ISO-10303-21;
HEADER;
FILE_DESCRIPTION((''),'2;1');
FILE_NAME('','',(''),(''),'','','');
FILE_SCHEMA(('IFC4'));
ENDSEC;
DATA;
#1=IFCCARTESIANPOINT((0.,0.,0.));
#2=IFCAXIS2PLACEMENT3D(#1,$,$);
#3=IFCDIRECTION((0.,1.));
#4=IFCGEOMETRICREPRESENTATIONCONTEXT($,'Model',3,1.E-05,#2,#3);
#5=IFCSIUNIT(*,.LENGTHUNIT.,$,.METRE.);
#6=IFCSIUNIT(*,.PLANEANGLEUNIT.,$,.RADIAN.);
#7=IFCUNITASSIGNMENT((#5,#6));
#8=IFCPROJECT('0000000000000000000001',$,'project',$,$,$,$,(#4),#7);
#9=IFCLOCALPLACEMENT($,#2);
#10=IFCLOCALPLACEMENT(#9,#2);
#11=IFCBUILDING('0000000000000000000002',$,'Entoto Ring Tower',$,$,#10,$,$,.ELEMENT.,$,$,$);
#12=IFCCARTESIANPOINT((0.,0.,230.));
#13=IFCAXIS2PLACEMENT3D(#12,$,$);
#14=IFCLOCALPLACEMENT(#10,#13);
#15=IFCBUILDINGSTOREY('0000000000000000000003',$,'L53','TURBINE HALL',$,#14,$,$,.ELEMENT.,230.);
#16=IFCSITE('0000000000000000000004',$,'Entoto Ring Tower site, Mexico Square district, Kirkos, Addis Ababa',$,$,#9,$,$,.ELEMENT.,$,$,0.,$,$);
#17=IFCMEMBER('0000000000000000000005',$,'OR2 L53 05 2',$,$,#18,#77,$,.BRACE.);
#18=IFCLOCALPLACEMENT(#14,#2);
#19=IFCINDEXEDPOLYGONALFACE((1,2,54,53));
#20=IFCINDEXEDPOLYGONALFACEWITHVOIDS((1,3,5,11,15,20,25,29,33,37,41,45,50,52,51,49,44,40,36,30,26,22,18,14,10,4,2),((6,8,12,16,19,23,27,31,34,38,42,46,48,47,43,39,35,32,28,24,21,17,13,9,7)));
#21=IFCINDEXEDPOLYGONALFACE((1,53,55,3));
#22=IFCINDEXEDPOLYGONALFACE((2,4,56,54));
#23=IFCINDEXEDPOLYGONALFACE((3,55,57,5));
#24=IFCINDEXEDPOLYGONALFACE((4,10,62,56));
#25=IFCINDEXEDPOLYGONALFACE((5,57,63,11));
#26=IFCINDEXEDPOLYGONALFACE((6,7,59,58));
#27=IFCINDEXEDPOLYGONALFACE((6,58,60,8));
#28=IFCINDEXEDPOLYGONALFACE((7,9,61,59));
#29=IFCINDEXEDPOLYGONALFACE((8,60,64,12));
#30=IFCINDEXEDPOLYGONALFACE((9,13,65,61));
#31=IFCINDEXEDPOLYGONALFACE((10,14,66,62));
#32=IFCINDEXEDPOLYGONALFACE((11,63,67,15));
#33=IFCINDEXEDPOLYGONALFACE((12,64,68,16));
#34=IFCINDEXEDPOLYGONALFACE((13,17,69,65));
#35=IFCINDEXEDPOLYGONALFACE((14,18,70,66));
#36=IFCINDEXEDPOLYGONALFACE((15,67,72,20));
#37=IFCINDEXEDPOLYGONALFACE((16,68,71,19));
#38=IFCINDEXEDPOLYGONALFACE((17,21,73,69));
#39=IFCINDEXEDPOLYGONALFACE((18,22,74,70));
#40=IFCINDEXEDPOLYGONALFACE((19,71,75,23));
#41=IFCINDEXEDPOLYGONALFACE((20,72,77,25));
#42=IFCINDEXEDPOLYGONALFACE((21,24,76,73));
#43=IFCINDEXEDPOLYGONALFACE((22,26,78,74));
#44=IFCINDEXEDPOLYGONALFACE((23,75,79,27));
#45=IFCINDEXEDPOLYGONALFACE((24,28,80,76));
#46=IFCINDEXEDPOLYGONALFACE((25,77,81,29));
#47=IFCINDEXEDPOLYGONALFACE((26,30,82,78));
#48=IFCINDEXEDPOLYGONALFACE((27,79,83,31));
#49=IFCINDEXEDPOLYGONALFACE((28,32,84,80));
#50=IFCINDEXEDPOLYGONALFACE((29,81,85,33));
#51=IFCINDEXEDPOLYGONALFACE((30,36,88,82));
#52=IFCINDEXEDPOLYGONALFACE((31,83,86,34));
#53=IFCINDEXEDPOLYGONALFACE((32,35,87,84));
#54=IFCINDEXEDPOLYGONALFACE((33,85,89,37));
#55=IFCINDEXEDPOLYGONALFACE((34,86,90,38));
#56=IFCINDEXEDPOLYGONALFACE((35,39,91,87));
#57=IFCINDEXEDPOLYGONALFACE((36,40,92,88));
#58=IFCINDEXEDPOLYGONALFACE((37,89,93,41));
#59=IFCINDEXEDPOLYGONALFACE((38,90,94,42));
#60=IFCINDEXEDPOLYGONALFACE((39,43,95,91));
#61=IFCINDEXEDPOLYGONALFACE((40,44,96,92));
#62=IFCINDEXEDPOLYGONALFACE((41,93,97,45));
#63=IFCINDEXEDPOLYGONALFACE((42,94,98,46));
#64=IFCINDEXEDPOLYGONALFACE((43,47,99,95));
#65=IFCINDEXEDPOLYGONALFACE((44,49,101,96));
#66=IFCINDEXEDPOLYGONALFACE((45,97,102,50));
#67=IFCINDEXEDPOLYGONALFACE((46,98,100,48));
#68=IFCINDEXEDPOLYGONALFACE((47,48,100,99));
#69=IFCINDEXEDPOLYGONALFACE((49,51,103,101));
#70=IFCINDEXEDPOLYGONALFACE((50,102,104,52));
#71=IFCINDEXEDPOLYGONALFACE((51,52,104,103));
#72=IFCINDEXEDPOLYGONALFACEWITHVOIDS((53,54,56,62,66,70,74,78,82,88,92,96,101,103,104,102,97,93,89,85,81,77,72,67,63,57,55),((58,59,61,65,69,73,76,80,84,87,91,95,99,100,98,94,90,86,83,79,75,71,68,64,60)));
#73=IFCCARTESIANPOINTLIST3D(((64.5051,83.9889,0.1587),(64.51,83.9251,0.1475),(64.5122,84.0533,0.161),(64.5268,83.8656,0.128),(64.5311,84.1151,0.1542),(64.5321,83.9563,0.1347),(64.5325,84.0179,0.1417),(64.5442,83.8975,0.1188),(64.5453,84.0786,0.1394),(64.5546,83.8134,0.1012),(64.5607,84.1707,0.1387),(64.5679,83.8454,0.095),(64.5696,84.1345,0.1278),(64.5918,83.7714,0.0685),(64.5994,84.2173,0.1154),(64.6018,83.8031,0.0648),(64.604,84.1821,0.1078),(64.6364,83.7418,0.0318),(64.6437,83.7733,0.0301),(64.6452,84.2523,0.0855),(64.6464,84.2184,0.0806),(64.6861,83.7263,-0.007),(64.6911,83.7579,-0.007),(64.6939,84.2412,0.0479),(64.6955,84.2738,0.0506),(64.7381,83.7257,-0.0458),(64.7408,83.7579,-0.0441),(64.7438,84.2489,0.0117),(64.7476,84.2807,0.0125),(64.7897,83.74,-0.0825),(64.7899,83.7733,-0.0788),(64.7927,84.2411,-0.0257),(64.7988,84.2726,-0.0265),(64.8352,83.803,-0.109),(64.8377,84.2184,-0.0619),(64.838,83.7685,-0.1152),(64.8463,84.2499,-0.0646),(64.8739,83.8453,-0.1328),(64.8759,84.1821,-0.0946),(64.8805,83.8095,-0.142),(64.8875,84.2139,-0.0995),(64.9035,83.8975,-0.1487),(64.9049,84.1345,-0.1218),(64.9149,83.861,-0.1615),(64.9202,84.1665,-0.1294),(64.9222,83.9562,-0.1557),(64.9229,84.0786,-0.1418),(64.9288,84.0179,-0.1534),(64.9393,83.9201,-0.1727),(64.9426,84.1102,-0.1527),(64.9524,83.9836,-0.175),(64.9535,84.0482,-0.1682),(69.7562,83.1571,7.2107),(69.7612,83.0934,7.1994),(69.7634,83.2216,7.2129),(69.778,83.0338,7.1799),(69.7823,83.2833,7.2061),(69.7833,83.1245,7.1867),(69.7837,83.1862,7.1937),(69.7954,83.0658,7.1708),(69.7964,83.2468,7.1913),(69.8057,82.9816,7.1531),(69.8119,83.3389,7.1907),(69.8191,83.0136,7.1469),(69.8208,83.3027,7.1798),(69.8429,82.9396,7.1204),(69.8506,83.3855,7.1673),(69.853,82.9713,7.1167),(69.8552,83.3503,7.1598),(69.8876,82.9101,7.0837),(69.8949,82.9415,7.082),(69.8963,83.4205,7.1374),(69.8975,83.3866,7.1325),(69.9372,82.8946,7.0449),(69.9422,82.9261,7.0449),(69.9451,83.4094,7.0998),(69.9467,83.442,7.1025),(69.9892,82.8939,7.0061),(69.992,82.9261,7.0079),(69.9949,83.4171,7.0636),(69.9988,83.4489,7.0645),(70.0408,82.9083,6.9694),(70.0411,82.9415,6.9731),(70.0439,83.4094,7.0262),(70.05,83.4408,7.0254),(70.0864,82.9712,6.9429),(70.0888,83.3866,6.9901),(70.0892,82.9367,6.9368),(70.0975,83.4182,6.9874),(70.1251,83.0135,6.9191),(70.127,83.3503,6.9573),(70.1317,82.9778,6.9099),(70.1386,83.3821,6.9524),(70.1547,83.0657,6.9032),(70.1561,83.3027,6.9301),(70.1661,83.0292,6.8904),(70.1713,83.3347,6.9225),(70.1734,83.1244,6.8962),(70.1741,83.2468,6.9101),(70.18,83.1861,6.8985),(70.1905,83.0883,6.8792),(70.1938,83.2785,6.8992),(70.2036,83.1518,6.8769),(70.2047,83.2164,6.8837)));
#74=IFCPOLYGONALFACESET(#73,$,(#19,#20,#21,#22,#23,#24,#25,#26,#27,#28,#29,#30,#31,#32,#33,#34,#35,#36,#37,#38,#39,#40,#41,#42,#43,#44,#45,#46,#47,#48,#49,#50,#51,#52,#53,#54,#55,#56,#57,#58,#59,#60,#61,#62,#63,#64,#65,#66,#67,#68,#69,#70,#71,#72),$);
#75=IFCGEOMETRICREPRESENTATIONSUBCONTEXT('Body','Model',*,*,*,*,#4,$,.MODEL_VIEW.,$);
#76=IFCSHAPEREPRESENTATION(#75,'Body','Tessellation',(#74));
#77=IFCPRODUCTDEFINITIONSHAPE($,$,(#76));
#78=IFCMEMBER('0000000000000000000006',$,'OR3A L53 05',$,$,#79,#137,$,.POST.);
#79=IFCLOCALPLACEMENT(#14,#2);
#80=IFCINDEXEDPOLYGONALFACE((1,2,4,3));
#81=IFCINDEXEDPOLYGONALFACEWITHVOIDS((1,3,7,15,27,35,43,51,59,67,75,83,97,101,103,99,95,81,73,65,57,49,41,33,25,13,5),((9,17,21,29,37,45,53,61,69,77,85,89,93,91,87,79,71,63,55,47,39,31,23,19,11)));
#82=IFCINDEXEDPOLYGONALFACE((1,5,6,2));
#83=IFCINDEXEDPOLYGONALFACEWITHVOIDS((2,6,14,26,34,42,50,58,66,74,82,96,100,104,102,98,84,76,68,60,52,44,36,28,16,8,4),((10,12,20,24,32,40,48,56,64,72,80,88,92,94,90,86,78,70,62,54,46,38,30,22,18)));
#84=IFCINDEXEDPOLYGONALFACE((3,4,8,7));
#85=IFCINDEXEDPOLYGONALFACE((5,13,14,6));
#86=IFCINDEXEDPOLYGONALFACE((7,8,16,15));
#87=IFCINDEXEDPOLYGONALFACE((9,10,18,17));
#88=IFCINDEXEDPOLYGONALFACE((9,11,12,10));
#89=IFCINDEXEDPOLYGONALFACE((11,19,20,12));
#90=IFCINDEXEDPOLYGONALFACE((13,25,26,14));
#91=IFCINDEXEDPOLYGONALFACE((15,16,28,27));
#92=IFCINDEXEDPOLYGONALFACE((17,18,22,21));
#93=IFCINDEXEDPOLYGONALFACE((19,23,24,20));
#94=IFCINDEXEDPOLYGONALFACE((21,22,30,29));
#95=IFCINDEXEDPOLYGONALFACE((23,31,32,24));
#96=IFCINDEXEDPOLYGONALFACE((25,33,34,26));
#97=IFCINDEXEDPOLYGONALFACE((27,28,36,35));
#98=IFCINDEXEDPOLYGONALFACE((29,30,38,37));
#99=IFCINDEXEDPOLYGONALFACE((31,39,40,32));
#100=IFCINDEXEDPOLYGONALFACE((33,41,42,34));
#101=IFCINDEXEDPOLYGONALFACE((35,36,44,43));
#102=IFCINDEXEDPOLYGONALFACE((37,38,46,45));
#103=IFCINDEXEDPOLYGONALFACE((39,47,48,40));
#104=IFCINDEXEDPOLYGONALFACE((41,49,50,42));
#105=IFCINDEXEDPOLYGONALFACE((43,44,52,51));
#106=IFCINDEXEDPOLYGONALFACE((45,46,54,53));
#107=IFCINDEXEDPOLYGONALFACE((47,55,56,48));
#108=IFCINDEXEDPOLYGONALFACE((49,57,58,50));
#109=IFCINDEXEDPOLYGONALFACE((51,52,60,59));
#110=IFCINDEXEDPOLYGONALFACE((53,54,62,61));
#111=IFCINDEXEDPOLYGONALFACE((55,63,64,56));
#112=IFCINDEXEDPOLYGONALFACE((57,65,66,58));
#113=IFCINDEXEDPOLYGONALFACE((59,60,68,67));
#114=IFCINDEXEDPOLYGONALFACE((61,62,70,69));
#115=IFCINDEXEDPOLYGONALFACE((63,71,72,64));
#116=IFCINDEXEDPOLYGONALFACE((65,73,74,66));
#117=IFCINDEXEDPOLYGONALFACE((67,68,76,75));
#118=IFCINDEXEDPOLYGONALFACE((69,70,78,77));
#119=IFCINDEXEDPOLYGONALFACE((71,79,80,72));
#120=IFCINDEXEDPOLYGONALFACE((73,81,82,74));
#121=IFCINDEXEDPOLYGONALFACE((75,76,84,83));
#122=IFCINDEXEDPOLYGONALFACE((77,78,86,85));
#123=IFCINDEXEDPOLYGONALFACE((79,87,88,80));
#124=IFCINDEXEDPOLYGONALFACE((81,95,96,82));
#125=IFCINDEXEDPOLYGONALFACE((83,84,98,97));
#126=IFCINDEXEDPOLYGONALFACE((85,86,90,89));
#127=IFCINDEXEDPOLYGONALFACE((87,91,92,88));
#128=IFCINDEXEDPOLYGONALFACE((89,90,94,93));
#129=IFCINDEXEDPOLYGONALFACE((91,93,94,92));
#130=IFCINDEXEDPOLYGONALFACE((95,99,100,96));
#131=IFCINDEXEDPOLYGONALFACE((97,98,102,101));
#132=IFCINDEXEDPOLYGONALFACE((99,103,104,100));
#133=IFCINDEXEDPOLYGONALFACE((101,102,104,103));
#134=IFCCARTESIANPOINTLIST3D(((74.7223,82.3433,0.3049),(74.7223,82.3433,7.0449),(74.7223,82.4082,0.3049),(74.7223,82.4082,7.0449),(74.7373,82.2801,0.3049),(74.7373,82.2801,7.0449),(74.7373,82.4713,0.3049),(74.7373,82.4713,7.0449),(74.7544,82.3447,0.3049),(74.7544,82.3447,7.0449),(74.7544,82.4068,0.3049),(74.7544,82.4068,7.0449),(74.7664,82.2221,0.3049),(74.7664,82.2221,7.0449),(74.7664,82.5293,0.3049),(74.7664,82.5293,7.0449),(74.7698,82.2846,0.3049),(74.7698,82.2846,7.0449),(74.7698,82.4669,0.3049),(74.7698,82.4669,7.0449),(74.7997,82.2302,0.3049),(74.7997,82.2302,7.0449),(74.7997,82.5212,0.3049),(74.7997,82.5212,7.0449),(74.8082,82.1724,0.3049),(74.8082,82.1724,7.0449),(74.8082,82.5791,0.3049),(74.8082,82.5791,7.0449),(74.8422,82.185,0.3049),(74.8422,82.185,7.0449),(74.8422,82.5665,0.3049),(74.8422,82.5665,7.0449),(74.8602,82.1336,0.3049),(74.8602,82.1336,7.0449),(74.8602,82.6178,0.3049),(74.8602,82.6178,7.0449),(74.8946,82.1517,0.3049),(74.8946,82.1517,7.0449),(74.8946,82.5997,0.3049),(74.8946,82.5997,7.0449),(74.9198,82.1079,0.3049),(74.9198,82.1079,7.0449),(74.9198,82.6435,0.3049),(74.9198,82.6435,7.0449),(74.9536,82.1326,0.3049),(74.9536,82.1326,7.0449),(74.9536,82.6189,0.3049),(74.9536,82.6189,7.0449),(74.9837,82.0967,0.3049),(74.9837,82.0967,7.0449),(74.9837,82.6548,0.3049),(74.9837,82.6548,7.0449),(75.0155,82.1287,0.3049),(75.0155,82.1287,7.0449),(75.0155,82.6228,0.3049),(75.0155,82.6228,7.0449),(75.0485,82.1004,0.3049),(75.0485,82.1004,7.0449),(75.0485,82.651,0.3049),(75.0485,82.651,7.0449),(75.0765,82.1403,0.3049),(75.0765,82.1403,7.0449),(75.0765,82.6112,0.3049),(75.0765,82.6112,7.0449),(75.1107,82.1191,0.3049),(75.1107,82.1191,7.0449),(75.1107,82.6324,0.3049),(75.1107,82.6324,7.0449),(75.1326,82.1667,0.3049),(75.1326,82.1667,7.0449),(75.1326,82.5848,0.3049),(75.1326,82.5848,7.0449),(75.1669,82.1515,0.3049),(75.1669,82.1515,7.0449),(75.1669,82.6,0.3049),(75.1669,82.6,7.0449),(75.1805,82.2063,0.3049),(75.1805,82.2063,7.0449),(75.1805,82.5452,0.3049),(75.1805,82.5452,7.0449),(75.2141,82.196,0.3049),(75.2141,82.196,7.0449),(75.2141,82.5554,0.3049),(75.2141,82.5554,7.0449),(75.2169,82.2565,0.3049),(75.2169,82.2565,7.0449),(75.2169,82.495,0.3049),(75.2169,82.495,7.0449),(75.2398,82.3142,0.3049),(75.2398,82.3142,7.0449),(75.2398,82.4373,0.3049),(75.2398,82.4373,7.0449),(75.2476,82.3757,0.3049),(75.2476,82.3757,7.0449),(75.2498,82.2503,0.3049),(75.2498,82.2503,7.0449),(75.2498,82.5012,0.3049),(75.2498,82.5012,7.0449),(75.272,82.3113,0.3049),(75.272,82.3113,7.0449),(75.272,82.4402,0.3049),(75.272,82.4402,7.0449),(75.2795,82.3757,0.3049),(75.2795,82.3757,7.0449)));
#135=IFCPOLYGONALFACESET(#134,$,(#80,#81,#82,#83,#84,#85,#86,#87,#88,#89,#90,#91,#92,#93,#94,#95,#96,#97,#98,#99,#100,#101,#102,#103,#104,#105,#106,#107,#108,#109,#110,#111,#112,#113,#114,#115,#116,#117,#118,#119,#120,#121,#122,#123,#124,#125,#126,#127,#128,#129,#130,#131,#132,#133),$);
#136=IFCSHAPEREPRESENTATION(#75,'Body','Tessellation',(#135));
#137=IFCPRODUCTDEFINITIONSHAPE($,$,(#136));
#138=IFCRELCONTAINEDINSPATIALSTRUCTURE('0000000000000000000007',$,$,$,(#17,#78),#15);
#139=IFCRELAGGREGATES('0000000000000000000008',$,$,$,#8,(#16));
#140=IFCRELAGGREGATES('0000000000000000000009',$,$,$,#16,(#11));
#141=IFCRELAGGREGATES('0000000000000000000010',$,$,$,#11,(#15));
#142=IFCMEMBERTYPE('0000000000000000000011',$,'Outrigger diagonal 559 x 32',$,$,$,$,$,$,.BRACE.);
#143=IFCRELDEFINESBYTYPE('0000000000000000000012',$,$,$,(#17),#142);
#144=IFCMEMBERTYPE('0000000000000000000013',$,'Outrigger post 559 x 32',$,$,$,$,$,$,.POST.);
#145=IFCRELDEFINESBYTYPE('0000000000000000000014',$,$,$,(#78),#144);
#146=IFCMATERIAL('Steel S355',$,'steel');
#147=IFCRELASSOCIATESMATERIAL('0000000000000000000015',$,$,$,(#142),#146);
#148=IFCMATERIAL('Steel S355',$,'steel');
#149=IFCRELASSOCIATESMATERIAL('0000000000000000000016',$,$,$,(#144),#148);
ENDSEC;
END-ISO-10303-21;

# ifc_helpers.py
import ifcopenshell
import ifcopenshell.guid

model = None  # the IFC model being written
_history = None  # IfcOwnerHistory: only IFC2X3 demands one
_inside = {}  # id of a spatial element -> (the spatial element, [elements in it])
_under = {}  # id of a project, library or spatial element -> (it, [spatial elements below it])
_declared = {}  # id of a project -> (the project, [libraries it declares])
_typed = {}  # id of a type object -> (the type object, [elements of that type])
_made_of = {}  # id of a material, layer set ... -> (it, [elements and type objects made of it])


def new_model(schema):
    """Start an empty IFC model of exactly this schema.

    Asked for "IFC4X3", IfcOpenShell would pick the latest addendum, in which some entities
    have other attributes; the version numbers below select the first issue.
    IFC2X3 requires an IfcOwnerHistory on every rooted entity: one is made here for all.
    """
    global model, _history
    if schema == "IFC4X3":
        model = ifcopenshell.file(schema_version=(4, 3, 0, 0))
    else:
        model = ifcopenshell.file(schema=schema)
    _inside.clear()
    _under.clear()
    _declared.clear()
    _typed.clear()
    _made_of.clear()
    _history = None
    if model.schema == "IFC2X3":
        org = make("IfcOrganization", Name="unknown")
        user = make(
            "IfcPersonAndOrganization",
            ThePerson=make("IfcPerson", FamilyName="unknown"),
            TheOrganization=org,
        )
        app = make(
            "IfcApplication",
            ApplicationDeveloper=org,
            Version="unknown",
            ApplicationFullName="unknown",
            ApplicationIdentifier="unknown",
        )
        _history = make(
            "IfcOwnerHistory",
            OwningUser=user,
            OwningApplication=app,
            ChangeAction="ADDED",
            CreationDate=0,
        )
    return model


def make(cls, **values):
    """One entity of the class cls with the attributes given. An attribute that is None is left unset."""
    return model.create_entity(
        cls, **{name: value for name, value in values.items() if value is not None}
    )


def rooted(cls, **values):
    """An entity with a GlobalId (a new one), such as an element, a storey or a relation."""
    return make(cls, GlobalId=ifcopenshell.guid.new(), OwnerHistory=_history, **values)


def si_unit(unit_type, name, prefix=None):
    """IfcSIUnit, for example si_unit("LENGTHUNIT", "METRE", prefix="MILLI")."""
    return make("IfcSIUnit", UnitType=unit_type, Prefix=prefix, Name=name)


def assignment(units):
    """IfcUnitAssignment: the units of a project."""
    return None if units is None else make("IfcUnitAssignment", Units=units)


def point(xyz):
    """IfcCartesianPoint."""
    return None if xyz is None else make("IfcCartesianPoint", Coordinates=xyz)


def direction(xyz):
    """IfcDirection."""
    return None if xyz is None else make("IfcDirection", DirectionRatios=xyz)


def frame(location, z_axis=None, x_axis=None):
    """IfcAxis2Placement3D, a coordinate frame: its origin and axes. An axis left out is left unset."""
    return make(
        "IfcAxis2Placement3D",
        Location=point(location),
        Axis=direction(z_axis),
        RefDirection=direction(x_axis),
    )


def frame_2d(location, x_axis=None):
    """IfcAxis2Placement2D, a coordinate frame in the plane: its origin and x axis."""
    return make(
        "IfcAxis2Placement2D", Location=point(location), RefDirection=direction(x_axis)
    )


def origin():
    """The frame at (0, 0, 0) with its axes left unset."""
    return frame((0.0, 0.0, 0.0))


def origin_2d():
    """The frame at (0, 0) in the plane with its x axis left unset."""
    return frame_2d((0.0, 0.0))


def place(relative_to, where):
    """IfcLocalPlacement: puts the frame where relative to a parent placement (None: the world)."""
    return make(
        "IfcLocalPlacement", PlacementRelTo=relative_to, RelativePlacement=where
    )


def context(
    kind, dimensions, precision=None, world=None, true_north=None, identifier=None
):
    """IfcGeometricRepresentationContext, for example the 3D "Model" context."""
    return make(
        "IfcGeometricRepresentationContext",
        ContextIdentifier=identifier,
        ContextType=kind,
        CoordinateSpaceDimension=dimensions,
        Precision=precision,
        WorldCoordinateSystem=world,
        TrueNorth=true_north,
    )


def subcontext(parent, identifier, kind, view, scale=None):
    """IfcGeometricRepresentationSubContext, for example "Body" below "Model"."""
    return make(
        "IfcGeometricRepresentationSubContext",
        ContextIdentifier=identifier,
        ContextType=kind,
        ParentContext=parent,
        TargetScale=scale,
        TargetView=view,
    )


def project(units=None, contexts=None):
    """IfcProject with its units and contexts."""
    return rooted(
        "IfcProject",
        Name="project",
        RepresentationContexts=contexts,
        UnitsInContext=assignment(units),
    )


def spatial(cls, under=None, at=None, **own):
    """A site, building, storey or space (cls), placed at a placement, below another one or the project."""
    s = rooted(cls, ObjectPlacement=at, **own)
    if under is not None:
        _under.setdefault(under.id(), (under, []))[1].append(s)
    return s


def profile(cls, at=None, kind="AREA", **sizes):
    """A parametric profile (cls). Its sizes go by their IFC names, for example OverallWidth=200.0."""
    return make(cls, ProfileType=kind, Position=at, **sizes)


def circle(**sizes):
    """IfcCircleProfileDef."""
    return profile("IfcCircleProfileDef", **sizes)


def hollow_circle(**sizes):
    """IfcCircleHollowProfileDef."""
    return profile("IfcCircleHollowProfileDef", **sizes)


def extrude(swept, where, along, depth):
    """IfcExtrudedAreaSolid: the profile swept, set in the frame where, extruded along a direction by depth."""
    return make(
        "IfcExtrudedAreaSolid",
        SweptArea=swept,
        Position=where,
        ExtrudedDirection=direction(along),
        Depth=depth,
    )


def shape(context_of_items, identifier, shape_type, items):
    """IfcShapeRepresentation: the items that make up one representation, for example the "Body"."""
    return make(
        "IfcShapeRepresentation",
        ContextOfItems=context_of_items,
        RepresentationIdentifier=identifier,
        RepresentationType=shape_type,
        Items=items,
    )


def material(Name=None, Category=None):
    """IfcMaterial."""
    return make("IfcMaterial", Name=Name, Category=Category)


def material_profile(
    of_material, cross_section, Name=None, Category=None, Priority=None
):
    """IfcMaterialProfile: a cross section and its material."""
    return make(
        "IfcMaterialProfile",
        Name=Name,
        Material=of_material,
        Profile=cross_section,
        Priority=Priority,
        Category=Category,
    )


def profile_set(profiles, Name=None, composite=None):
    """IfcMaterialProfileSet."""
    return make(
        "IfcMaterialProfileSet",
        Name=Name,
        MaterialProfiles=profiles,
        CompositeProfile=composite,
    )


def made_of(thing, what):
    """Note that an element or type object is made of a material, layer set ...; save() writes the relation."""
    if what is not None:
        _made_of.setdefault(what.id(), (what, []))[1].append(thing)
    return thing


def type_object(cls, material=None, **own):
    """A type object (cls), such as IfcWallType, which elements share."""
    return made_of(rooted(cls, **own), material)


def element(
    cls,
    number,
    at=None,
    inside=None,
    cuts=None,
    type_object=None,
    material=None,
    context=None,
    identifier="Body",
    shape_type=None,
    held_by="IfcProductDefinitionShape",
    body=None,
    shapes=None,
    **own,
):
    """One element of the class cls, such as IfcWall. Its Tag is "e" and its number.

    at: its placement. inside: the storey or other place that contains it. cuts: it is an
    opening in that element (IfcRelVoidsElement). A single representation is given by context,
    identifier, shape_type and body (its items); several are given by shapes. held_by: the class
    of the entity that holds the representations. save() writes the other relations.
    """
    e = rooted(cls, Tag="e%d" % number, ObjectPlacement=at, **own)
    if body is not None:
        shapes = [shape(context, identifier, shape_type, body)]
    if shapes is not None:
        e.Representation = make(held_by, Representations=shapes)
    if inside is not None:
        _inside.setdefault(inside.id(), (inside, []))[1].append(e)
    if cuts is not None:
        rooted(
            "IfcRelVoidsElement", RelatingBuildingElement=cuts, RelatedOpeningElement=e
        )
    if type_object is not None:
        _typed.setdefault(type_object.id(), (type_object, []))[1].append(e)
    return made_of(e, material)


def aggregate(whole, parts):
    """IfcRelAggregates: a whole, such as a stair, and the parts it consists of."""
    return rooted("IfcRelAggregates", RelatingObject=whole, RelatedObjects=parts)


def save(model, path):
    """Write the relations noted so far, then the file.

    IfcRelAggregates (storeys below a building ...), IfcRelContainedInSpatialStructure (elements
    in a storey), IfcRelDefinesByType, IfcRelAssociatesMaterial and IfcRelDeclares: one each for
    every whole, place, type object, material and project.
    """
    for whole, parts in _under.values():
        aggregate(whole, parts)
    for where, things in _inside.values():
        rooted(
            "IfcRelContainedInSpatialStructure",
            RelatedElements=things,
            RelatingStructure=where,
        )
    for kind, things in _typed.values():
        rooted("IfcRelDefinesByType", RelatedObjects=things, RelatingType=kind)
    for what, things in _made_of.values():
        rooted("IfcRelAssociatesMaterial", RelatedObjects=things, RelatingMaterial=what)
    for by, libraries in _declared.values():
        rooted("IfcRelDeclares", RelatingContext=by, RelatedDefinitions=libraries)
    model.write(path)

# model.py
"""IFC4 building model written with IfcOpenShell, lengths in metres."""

from ifc_helpers import new_model, si_unit, direction, frame, origin, origin_2d, place, context, subcontext, project, spatial, circle, hollow_circle, extrude, material, material_profile, profile_set, type_object, element, save


model = new_model("IFC4")

# Units and contexts
model_context = context("Model", 3, precision=1e-05, world=origin(), true_north=direction((0.0, 1.0)))
body_context = subcontext(model_context, "Body", "Model", "MODEL_VIEW")
ifc_project = project(units=[si_unit("LENGTHUNIT", "METRE"), si_unit("PLANEANGLEUNIT", "RADIAN")], contexts=[model_context])

# Site, building, storey
site_placement = place(None, origin())
site = spatial("IfcSite", under=ifc_project, at=site_placement, Name="Entoto Ring Tower site, Mexico Square district, Kirkos, Addis Ababa", CompositionType="ELEMENT", RefElevation=0.0)
building_placement = place(site_placement, origin())
building = spatial("IfcBuilding", under=site, at=building_placement, Name="Entoto Ring Tower", CompositionType="ELEMENT")
storey_placement = place(building_placement, frame((0.0, 0.0, 230.0)))
storey = spatial("IfcBuildingStorey", under=building, at=storey_placement, Name="L53", Description="TURBINE HALL", CompositionType="ELEMENT", Elevation=230.0)

# Members
ifc_material_1 = material(Name="Steel S355", Category="steel")
ifc_material_profile_1 = material_profile(ifc_material_1, hollow_circle(Radius=0.2795, WallThickness=0.032, at=origin_2d()), Name="CHS 559 x 32")
ifc_material_2 = material(Name="Concrete C60/75", Category="concrete")
ifc_material_profile_2 = material_profile(ifc_material_2, circle(Radius=0.2476, at=origin_2d()), Name="Concrete C60/75 infill")
ifc_profile_set_1 = profile_set([ifc_material_profile_1, ifc_material_profile_2], Name="Steel S355")
member_type_1 = type_object("IfcMemberType", Name="Outrigger diagonal 559 x 32", PredefinedType="BRACE", material=ifc_profile_set_1)
member_1_placement = place(storey_placement, frame((69.981, 83.1707, 7.0449), z_axis=(-0.594592, 0.094183, -0.798493), x_axis=(-0.156448, -0.987686, 0.0)))
element("IfcMember", 1, at=member_1_placement, inside=storey, type_object=member_type_1, Name="OR2 L53 05 2", PredefinedType="BRACE", context=body_context, shape_type="SweptSolid", body=[
    extrude(hollow_circle(Radius=0.2795, WallThickness=0.032, at=origin_2d()), origin(), (0.0, 0.0, 1.0), 8.8315),
])
ifc_material_3 = material(Name="Steel S355", Category="steel")
ifc_material_profile_3 = material_profile(ifc_material_3, hollow_circle(Radius=0.2795, WallThickness=0.032, at=origin_2d()), Name="CHS 559 x 32")
ifc_material_4 = material(Name="Concrete C60/75", Category="concrete")
ifc_material_profile_4 = material_profile(ifc_material_4, circle(Radius=0.2476, at=origin_2d()), Name="Concrete C60/75 infill")
ifc_profile_set_2 = profile_set([ifc_material_profile_3, ifc_material_profile_4], Name="Steel S355")
member_type_2 = type_object("IfcMemberType", Name="Outrigger post 559 x 32", PredefinedType="POST", material=ifc_profile_set_2)
member_2_placement = place(storey_placement, frame((75.0, 82.3757, 0.3049), z_axis=(0.0, 0.0, 1.0), x_axis=(1.0, 0.0, 0.0)))
element("IfcMember", 2, at=member_2_placement, inside=storey, type_object=member_type_2, Name="OR3A L53 05", PredefinedType="POST", context=body_context, shape_type="SweptSolid", body=[
    extrude(hollow_circle(Radius=0.2795, WallThickness=0.032, at=origin_2d()), origin(), (0.0, 0.0, 1.0), 6.74),
])

save(model, "model.ifc")
